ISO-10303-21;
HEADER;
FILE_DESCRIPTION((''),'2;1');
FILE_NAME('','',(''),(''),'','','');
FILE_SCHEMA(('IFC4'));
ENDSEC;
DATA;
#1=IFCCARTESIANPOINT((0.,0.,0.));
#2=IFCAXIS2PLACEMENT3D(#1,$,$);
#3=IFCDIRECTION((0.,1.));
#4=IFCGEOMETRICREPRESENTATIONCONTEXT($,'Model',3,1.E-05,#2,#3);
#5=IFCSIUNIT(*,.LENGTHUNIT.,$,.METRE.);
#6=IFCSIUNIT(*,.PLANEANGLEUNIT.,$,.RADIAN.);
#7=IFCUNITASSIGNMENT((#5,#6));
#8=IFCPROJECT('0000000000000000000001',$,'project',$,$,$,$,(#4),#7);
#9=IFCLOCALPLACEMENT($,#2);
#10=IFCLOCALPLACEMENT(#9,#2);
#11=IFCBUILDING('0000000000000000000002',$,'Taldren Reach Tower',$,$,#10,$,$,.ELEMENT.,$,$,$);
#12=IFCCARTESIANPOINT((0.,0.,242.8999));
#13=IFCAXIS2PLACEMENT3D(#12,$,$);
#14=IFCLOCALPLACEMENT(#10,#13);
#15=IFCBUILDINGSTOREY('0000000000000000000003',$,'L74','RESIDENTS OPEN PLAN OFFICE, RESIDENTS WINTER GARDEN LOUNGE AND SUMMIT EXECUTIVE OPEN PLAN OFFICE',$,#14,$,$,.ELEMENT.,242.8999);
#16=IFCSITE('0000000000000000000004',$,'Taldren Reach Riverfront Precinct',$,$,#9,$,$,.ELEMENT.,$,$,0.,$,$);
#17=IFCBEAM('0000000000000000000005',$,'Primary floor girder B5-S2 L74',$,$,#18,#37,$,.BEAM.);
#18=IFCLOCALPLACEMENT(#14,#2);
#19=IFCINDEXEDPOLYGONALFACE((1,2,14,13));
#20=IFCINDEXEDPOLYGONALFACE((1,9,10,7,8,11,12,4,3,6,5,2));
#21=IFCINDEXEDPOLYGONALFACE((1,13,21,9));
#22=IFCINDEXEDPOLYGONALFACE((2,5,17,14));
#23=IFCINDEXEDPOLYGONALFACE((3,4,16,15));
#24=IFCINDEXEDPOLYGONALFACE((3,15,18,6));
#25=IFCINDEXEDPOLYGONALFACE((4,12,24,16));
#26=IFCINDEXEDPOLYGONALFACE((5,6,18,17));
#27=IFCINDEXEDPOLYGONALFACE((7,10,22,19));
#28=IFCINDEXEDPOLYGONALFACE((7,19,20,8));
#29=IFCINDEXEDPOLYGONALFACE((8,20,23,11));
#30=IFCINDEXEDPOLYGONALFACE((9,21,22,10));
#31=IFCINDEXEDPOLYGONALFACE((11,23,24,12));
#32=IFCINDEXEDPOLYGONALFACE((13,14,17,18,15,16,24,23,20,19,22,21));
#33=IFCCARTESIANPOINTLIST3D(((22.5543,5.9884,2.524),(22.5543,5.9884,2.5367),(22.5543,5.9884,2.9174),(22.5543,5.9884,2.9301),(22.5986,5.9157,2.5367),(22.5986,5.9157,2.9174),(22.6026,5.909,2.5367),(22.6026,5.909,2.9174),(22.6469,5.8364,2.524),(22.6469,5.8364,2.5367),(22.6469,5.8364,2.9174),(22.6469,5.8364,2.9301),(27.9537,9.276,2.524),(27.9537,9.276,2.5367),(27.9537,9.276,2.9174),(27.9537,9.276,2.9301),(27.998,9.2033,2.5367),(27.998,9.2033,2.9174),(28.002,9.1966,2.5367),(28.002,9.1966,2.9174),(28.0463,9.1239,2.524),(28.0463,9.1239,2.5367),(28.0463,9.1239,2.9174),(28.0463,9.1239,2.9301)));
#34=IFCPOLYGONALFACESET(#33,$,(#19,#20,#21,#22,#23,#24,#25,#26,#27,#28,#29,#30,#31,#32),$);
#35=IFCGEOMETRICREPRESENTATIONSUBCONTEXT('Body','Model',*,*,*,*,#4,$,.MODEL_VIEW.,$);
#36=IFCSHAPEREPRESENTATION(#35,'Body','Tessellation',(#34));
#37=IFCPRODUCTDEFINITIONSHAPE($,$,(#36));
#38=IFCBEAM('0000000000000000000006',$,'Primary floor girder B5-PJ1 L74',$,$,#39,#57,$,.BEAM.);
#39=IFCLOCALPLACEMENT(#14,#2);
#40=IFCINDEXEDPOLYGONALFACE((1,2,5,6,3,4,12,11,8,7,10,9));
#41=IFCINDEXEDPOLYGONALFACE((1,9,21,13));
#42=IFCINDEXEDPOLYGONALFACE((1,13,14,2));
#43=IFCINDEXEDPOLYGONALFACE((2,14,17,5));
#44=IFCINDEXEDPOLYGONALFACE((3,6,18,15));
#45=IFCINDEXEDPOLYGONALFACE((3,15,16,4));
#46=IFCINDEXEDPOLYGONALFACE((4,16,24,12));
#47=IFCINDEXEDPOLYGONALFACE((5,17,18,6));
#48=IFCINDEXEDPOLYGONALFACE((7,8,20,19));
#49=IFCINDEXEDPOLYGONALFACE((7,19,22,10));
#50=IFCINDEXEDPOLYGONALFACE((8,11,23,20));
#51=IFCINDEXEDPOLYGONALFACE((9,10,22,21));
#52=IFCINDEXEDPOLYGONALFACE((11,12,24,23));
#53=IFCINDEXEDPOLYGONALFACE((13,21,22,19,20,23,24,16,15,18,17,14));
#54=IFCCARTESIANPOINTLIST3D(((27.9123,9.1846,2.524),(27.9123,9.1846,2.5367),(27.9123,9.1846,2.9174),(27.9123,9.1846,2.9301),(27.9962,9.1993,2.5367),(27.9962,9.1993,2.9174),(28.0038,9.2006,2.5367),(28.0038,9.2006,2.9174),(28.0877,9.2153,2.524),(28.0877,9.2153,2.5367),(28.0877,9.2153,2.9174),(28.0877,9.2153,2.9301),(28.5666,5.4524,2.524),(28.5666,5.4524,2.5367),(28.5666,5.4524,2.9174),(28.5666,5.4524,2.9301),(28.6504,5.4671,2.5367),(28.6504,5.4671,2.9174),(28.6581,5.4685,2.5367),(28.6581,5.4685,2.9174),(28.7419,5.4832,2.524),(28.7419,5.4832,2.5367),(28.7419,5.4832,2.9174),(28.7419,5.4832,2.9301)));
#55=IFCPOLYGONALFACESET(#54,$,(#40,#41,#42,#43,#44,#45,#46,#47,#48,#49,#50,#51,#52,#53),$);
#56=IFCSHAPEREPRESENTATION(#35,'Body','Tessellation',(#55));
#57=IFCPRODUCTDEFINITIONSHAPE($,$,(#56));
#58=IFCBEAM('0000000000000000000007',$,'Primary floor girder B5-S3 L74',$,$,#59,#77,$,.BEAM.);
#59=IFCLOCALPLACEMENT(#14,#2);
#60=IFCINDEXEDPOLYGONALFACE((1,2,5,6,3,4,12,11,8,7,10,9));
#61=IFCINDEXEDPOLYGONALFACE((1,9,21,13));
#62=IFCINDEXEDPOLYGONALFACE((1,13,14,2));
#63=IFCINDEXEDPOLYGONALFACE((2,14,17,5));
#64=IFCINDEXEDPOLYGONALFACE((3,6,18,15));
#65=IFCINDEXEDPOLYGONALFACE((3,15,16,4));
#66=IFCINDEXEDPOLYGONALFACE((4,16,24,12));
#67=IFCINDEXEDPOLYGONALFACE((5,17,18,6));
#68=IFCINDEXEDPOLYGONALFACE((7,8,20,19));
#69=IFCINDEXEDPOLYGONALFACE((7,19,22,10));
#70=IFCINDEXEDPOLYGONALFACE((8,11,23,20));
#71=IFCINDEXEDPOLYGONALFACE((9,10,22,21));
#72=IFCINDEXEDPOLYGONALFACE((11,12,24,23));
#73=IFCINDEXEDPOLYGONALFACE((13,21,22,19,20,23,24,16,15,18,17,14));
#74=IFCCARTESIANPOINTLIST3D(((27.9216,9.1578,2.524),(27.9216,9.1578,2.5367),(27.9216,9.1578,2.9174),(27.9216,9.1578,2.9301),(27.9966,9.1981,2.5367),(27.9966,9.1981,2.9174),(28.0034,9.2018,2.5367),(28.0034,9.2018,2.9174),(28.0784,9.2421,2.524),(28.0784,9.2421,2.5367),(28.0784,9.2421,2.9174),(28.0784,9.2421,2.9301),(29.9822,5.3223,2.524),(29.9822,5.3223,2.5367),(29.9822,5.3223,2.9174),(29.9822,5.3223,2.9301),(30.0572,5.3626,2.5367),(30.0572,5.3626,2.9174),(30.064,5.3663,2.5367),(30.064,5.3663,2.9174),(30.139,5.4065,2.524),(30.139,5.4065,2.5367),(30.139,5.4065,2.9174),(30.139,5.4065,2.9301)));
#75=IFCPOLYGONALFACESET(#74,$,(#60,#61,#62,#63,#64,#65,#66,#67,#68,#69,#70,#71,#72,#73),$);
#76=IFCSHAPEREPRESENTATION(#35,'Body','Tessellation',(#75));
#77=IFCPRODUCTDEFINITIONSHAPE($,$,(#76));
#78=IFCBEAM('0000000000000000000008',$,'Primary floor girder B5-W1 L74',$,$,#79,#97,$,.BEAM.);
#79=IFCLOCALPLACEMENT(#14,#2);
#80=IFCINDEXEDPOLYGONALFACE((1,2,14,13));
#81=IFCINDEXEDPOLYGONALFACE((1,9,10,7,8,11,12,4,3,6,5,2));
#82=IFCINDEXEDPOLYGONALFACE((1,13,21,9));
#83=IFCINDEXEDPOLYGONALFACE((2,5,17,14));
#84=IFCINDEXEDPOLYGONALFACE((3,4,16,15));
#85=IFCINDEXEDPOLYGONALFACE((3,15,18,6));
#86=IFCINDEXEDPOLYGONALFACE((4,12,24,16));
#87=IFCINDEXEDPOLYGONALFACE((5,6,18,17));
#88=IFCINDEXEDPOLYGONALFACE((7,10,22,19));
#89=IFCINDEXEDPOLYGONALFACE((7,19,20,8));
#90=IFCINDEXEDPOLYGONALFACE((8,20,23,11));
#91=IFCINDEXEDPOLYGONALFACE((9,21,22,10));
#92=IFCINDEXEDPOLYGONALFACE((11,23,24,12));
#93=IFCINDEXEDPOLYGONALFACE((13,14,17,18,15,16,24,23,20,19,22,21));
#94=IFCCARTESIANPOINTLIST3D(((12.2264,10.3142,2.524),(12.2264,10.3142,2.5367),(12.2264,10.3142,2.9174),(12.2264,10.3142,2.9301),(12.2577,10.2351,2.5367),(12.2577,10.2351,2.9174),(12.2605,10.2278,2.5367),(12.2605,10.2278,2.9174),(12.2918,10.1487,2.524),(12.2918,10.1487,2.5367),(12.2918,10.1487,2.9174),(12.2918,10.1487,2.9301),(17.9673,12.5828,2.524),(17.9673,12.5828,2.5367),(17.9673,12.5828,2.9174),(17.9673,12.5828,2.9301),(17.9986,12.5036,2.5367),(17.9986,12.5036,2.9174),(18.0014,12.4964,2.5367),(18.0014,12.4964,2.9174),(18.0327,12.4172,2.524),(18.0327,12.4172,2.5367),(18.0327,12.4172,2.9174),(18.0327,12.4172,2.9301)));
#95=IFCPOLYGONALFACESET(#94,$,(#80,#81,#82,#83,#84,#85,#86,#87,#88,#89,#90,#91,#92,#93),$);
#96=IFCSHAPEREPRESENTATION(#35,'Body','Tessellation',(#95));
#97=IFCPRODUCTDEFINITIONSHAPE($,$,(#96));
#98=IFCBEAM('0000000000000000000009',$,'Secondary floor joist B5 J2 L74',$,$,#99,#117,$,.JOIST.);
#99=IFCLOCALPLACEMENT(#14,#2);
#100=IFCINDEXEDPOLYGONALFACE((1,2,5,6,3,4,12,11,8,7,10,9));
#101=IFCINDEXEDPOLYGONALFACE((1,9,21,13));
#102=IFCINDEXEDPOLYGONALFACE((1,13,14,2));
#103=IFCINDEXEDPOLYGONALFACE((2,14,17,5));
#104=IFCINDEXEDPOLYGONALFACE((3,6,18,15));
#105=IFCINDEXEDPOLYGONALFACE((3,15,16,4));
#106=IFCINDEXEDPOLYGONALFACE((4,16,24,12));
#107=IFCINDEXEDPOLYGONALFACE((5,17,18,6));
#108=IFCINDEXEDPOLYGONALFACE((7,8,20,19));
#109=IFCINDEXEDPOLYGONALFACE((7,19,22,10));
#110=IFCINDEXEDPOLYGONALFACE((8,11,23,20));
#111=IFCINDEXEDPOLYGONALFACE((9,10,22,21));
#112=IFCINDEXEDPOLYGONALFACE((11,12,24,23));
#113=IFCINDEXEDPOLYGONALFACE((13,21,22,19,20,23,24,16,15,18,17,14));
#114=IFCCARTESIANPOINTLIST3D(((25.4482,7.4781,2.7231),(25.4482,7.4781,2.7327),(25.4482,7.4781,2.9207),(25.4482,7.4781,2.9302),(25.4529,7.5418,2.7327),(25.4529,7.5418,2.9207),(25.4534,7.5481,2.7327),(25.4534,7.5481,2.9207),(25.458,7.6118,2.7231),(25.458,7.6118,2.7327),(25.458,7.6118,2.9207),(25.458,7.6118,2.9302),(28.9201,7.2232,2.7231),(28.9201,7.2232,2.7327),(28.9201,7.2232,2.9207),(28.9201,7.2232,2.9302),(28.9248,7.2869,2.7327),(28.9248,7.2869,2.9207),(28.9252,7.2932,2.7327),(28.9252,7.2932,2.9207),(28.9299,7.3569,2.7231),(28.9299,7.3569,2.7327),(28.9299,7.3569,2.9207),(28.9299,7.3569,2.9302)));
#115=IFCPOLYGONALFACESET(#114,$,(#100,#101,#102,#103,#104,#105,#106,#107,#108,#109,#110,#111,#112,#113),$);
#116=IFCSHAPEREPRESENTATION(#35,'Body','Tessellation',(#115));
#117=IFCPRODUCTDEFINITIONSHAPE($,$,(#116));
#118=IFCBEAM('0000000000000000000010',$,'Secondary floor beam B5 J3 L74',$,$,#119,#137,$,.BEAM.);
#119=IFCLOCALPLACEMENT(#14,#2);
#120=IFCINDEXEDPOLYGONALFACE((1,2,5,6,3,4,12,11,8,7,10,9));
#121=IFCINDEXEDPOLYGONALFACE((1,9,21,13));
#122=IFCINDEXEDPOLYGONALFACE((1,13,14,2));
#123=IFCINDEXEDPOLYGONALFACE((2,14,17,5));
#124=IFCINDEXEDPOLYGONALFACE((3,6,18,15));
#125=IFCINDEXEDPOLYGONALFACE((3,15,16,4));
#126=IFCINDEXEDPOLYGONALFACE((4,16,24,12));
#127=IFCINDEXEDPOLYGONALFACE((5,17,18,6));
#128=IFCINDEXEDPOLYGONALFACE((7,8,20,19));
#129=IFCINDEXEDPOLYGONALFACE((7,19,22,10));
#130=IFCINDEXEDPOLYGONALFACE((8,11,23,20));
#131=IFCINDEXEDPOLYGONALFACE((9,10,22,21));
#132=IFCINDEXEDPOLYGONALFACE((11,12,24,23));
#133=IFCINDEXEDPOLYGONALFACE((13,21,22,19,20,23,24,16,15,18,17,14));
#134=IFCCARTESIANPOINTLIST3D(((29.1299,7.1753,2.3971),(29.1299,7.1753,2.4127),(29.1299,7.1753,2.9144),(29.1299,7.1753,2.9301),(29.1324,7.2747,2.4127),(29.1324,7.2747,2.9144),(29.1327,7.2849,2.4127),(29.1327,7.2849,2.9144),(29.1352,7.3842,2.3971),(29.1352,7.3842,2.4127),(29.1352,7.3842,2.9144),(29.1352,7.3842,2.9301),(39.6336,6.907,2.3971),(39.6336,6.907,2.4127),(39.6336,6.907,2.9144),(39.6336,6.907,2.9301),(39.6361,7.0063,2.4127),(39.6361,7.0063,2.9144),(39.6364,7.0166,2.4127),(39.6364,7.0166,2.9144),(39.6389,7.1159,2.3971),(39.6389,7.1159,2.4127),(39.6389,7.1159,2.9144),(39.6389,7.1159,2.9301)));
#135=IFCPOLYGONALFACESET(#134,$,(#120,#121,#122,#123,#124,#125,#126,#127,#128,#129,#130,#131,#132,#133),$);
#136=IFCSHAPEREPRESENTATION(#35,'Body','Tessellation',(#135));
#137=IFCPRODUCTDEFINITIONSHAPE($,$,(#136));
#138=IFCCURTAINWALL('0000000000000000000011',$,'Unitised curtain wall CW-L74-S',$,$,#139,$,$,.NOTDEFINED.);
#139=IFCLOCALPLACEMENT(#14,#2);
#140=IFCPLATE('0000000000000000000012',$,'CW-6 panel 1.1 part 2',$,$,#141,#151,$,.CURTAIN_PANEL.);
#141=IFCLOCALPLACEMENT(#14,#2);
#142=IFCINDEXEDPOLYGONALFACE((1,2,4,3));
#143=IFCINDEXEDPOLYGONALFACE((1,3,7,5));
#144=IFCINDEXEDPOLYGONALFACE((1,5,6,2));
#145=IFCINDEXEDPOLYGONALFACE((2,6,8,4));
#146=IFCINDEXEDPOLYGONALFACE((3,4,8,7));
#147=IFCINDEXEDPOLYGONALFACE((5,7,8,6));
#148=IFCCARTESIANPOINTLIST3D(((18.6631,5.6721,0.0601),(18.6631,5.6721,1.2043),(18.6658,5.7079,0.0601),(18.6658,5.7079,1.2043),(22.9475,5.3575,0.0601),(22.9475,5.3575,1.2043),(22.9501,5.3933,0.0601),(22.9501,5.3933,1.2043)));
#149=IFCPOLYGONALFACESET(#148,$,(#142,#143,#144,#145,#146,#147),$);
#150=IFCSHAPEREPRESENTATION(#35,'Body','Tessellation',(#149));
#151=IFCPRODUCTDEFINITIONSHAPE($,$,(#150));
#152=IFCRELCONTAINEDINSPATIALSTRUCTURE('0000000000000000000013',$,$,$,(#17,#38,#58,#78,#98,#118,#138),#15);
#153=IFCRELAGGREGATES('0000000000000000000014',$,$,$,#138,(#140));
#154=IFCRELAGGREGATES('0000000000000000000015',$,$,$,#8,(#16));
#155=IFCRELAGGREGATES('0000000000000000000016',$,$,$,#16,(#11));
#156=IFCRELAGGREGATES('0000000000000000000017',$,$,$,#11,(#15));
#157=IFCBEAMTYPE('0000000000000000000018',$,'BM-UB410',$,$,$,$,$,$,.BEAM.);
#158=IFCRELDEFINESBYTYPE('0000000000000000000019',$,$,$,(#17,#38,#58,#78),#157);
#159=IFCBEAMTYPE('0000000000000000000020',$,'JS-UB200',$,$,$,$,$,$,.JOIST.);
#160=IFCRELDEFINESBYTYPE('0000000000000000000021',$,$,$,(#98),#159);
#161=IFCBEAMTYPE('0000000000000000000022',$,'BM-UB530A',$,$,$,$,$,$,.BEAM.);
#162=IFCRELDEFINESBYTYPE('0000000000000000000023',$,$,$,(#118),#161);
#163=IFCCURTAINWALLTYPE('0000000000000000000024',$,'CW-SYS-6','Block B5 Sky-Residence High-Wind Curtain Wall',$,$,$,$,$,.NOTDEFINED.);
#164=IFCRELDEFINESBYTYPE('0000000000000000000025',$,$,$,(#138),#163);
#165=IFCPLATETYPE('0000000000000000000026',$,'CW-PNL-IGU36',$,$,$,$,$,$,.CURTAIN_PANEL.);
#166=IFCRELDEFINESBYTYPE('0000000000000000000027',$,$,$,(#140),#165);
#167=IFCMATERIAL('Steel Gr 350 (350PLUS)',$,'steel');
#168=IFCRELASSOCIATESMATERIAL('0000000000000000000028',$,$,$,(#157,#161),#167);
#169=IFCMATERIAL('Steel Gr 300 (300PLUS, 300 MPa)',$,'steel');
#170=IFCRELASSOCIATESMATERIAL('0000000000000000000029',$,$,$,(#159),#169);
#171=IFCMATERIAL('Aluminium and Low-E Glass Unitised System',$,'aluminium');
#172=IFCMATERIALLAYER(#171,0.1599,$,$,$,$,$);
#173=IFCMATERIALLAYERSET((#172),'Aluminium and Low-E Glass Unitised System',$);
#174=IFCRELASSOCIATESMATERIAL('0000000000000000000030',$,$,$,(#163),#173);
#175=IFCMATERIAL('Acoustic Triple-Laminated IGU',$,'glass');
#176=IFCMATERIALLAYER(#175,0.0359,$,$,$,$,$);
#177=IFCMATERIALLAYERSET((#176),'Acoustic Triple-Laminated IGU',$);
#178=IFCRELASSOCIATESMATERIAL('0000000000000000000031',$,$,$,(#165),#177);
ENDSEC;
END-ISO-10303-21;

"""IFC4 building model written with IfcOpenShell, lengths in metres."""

from ifc_helpers import new_model, si_unit, direction, frame, origin, origin_2d, place, context, subcontext, project, spatial, rectangle, i_section, extrude, source, transform, mapped, material, layer, layer_set, material_profile, profile_set, type_object, element, aggregate, save


model = new_model("IFC4")

# Units and contexts
model_context = context("Model", 3, precision=1e-05, world=origin(), true_north=direction((0.0, 1.0)))
body_context = subcontext(model_context, "Body", "Model", "MODEL_VIEW")
ifc_project = project(units=[si_unit("LENGTHUNIT", "METRE"), si_unit("PLANEANGLEUNIT", "RADIAN")], contexts=[model_context])

# Site, building, storey
site_placement = place(None, origin())
site = spatial("IfcSite", under=ifc_project, at=site_placement, Name="Taldren Reach Riverfront Precinct", CompositionType="ELEMENT", RefElevation=0.0)
building_placement = place(site_placement, origin())
building = spatial("IfcBuilding", under=site, at=building_placement, Name="Taldren Reach Tower", CompositionType="ELEMENT")
storey_placement = place(building_placement, frame((0.0, 0.0, 242.8999)))
storey = spatial("IfcBuildingStorey", under=building, at=storey_placement, Name="L74", Description="RESIDENTS OPEN PLAN OFFICE, RESIDENTS WINTER GARDEN LOUNGE AND SUMMIT EXECUTIVE OPEN PLAN OFFICE", CompositionType="ELEMENT", Elevation=242.8999)

# Shared definitions
ifc_material_1 = material(Name="Steel Gr 350 (350PLUS)", Category="steel")

# Beams
ifc_material_profile_1 = material_profile(ifc_material_1, i_section(OverallWidth=0.178, OverallDepth=0.406, WebThickness=0.0078, FlangeThickness=0.0127, at=origin_2d()), Name="410UB59.7")
ifc_profile_set_1 = profile_set([ifc_material_profile_1], Name="Steel Gr 350 (350PLUS)")
beam_type_1 = type_object("IfcBeamType", Name="BM-UB410", PredefinedType="BEAM", material=ifc_profile_set_1)
shared_shape_1 = source(origin(), body_context, "Body", "SweptSolid", [
    extrude(i_section(OverallWidth=0.178, OverallDepth=0.406, WebThickness=0.0078, FlangeThickness=0.0127, at=origin_2d()), origin(), (0.0, 0.0, 1.0), 6.3215),
])
beam_1_placement = place(storey_placement, frame((28.0, 9.2, 2.7271), z_axis=(-0.854128, -0.520062, 0.0), x_axis=(0.520062, -0.854128, 0.0)))
element("IfcBeam", 1, at=beam_1_placement, inside=storey, type_object=beam_type_1, Name="Primary floor girder B5-S2 L74", PredefinedType="BEAM", context=body_context, shape_type="MappedRepresentation", body=[
    mapped(shared_shape_1, transform((0.0, 0.0, 0.0), scale=1.0)),
])
shared_shape_2 = source(origin(), body_context, "Body", "SweptSolid", [
    extrude(i_section(OverallWidth=0.178, OverallDepth=0.406, WebThickness=0.0078, FlangeThickness=0.0127, at=origin_2d()), origin(), (0.0, 0.0, 1.0), 3.7891),
])
beam_2_placement = place(storey_placement, frame((28.0, 9.2, 2.7271), z_axis=(0.172679, -0.984978, 0.0), x_axis=(0.984978, 0.172679, 0.0)))
element("IfcBeam", 2, at=beam_2_placement, inside=storey, type_object=beam_type_1, Name="Primary floor girder B5-PJ1 L74", PredefinedType="BEAM", context=body_context, shape_type="MappedRepresentation", body=[
    mapped(shared_shape_2, transform((0.0, 0.0, 0.0), scale=1.0)),
])
shared_shape_3 = source(origin(), body_context, "Body", "SweptSolid", [
    extrude(i_section(OverallWidth=0.178, OverallDepth=0.406, WebThickness=0.0078, FlangeThickness=0.0127, at=origin_2d()), origin(), (0.0, 0.0, 1.0), 4.354),
])
beam_3_placement = place(storey_placement, frame((28.0, 9.2, 2.7271), z_axis=(0.473264, -0.880921, 0.0), x_axis=(0.880921, 0.473264, 0.0)))
element("IfcBeam", 3, at=beam_3_placement, inside=storey, type_object=beam_type_1, Name="Primary floor girder B5-S3 L74", PredefinedType="BEAM", context=body_context, shape_type="MappedRepresentation", body=[
    mapped(shared_shape_3, transform((0.0, 0.0, 0.0), scale=1.0)),
])
shared_shape_4 = source(origin(), body_context, "Body", "SweptSolid", [
    extrude(i_section(OverallWidth=0.178, OverallDepth=0.406, WebThickness=0.0078, FlangeThickness=0.0127, at=origin_2d()), origin(), (0.0, 0.0, 1.0), 6.1729),
])
beam_4_placement = place(storey_placement, frame((18.0, 12.5, 2.7271), z_axis=(-0.930023, -0.367501, 0.0), x_axis=(0.367501, -0.930023, 0.0)))
element("IfcBeam", 4, at=beam_4_placement, inside=storey, type_object=beam_type_1, Name="Primary floor girder B5-W1 L74", PredefinedType="BEAM", context=body_context, shape_type="MappedRepresentation", body=[
    mapped(shared_shape_4, transform((0.0, 0.0, 0.0), scale=1.0)),
])
ifc_material_2 = material(Name="Steel Gr 300 (300PLUS, 300 MPa)", Category="steel")
ifc_material_profile_2 = material_profile(ifc_material_2, i_section(OverallWidth=0.134, OverallDepth=0.207, WebThickness=0.0063, FlangeThickness=0.0095, at=origin_2d()), Name="200UB29.8")
ifc_profile_set_2 = profile_set([ifc_material_profile_2], Name="Steel Gr 300 (300PLUS, 300 MPa)")
beam_type_2 = type_object("IfcBeamType", Name="JS-UB200", PredefinedType="JOIST", material=ifc_profile_set_2)
shared_shape_5 = source(origin(), body_context, "Body", "SweptSolid", [
    extrude(i_section(OverallWidth=0.134, OverallDepth=0.207, WebThickness=0.0063, FlangeThickness=0.0095, at=origin_2d()), origin(), (0.0, 0.0, 1.0), 3.4812),
])
beam_5_placement = place(storey_placement, frame((25.4531, 7.5449, 2.8267), z_axis=(0.997316, -0.073216, 0.0), x_axis=(0.073216, 0.997316, 0.0)))
element("IfcBeam", 5, at=beam_5_placement, inside=storey, type_object=beam_type_2, Name="Secondary floor joist B5 J2 L74", PredefinedType="JOIST", context=body_context, shape_type="MappedRepresentation", body=[
    mapped(shared_shape_5, transform((0.0, 0.0, 0.0), scale=1.0)),
])
ifc_material_profile_3 = material_profile(ifc_material_1, i_section(OverallWidth=0.209, OverallDepth=0.533, WebThickness=0.0103, FlangeThickness=0.0156, at=origin_2d()), Name="530UB92.4")
ifc_profile_set_3 = profile_set([ifc_material_profile_3], Name="Steel Gr 350 (350PLUS)")
beam_type_3 = type_object("IfcBeamType", Name="BM-UB530A", PredefinedType="BEAM", material=ifc_profile_set_3)
shared_shape_6 = source(origin(), body_context, "Body", "SweptSolid", [
    extrude(i_section(OverallWidth=0.209, OverallDepth=0.533, WebThickness=0.0103, FlangeThickness=0.0156, at=origin_2d()), origin(), (0.0, 0.0, 1.0), 10.5071),
])
beam_6_placement = place(storey_placement, frame((29.1326, 7.2798, 2.6636), z_axis=(0.999674, -0.025536, 0.0), x_axis=(0.025536, 0.999674, 0.0)))
element("IfcBeam", 6, at=beam_6_placement, inside=storey, type_object=beam_type_3, Name="Secondary floor beam B5 J3 L74", PredefinedType="BEAM", context=body_context, shape_type="MappedRepresentation", body=[
    mapped(shared_shape_6, transform((0.0, 0.0, 0.0), scale=1.0)),
])

# Curtain wall, plate
ifc_material_3 = material(Name="Aluminium and Low-E Glass Unitised System", Category="aluminium")
ifc_layer_1 = layer(ifc_material_3, 0.1599)
ifc_layer_set_1 = layer_set([ifc_layer_1], Name="Aluminium and Low-E Glass Unitised System")
curtain_wall_type = type_object("IfcCurtainWallType", Name="CW-SYS-6", Description="Block B5 Sky-Residence High-Wind Curtain Wall", PredefinedType="NOTDEFINED", material=ifc_layer_set_1)
curtain_wall_placement = place(storey_placement, origin())
curtain_wall = element("IfcCurtainWall", 7, at=curtain_wall_placement, inside=storey, type_object=curtain_wall_type, Name="Unitised curtain wall CW-L74-S", PredefinedType="NOTDEFINED")
ifc_material_4 = material(Name="Acoustic Triple-Laminated IGU", Category="glass")
ifc_layer_2 = layer(ifc_material_4, 0.0359)
ifc_layer_set_2 = layer_set([ifc_layer_2], Name="Acoustic Triple-Laminated IGU")
plate_type = type_object("IfcPlateType", Name="CW-PNL-IGU36", PredefinedType="CURTAIN_PANEL", material=ifc_layer_set_2)
shared_shape_7 = source(origin(), body_context, "Body", "SweptSolid", [
    extrude(rectangle(XDim=4.2959, YDim=0.0359, at=origin_2d()), origin(), (0.0, 0.0, 1.0), 1.1443),
])
plate_placement = place(storey_placement, frame((20.8066, 5.5327, 0.0601), z_axis=(0.0, 0.0, 1.0), x_axis=(0.997314, -0.073238, 0.0)))
plate = element("IfcPlate", 8, at=plate_placement, type_object=plate_type, Name="CW-6 panel 1.1 part 2", PredefinedType="CURTAIN_PANEL", context=body_context, shape_type="MappedRepresentation", body=[
    mapped(shared_shape_7, transform((0.0, 0.0, 0.0), scale=1.0)),
])
aggregate(curtain_wall, [plate])

save(model, "model.ifc")
